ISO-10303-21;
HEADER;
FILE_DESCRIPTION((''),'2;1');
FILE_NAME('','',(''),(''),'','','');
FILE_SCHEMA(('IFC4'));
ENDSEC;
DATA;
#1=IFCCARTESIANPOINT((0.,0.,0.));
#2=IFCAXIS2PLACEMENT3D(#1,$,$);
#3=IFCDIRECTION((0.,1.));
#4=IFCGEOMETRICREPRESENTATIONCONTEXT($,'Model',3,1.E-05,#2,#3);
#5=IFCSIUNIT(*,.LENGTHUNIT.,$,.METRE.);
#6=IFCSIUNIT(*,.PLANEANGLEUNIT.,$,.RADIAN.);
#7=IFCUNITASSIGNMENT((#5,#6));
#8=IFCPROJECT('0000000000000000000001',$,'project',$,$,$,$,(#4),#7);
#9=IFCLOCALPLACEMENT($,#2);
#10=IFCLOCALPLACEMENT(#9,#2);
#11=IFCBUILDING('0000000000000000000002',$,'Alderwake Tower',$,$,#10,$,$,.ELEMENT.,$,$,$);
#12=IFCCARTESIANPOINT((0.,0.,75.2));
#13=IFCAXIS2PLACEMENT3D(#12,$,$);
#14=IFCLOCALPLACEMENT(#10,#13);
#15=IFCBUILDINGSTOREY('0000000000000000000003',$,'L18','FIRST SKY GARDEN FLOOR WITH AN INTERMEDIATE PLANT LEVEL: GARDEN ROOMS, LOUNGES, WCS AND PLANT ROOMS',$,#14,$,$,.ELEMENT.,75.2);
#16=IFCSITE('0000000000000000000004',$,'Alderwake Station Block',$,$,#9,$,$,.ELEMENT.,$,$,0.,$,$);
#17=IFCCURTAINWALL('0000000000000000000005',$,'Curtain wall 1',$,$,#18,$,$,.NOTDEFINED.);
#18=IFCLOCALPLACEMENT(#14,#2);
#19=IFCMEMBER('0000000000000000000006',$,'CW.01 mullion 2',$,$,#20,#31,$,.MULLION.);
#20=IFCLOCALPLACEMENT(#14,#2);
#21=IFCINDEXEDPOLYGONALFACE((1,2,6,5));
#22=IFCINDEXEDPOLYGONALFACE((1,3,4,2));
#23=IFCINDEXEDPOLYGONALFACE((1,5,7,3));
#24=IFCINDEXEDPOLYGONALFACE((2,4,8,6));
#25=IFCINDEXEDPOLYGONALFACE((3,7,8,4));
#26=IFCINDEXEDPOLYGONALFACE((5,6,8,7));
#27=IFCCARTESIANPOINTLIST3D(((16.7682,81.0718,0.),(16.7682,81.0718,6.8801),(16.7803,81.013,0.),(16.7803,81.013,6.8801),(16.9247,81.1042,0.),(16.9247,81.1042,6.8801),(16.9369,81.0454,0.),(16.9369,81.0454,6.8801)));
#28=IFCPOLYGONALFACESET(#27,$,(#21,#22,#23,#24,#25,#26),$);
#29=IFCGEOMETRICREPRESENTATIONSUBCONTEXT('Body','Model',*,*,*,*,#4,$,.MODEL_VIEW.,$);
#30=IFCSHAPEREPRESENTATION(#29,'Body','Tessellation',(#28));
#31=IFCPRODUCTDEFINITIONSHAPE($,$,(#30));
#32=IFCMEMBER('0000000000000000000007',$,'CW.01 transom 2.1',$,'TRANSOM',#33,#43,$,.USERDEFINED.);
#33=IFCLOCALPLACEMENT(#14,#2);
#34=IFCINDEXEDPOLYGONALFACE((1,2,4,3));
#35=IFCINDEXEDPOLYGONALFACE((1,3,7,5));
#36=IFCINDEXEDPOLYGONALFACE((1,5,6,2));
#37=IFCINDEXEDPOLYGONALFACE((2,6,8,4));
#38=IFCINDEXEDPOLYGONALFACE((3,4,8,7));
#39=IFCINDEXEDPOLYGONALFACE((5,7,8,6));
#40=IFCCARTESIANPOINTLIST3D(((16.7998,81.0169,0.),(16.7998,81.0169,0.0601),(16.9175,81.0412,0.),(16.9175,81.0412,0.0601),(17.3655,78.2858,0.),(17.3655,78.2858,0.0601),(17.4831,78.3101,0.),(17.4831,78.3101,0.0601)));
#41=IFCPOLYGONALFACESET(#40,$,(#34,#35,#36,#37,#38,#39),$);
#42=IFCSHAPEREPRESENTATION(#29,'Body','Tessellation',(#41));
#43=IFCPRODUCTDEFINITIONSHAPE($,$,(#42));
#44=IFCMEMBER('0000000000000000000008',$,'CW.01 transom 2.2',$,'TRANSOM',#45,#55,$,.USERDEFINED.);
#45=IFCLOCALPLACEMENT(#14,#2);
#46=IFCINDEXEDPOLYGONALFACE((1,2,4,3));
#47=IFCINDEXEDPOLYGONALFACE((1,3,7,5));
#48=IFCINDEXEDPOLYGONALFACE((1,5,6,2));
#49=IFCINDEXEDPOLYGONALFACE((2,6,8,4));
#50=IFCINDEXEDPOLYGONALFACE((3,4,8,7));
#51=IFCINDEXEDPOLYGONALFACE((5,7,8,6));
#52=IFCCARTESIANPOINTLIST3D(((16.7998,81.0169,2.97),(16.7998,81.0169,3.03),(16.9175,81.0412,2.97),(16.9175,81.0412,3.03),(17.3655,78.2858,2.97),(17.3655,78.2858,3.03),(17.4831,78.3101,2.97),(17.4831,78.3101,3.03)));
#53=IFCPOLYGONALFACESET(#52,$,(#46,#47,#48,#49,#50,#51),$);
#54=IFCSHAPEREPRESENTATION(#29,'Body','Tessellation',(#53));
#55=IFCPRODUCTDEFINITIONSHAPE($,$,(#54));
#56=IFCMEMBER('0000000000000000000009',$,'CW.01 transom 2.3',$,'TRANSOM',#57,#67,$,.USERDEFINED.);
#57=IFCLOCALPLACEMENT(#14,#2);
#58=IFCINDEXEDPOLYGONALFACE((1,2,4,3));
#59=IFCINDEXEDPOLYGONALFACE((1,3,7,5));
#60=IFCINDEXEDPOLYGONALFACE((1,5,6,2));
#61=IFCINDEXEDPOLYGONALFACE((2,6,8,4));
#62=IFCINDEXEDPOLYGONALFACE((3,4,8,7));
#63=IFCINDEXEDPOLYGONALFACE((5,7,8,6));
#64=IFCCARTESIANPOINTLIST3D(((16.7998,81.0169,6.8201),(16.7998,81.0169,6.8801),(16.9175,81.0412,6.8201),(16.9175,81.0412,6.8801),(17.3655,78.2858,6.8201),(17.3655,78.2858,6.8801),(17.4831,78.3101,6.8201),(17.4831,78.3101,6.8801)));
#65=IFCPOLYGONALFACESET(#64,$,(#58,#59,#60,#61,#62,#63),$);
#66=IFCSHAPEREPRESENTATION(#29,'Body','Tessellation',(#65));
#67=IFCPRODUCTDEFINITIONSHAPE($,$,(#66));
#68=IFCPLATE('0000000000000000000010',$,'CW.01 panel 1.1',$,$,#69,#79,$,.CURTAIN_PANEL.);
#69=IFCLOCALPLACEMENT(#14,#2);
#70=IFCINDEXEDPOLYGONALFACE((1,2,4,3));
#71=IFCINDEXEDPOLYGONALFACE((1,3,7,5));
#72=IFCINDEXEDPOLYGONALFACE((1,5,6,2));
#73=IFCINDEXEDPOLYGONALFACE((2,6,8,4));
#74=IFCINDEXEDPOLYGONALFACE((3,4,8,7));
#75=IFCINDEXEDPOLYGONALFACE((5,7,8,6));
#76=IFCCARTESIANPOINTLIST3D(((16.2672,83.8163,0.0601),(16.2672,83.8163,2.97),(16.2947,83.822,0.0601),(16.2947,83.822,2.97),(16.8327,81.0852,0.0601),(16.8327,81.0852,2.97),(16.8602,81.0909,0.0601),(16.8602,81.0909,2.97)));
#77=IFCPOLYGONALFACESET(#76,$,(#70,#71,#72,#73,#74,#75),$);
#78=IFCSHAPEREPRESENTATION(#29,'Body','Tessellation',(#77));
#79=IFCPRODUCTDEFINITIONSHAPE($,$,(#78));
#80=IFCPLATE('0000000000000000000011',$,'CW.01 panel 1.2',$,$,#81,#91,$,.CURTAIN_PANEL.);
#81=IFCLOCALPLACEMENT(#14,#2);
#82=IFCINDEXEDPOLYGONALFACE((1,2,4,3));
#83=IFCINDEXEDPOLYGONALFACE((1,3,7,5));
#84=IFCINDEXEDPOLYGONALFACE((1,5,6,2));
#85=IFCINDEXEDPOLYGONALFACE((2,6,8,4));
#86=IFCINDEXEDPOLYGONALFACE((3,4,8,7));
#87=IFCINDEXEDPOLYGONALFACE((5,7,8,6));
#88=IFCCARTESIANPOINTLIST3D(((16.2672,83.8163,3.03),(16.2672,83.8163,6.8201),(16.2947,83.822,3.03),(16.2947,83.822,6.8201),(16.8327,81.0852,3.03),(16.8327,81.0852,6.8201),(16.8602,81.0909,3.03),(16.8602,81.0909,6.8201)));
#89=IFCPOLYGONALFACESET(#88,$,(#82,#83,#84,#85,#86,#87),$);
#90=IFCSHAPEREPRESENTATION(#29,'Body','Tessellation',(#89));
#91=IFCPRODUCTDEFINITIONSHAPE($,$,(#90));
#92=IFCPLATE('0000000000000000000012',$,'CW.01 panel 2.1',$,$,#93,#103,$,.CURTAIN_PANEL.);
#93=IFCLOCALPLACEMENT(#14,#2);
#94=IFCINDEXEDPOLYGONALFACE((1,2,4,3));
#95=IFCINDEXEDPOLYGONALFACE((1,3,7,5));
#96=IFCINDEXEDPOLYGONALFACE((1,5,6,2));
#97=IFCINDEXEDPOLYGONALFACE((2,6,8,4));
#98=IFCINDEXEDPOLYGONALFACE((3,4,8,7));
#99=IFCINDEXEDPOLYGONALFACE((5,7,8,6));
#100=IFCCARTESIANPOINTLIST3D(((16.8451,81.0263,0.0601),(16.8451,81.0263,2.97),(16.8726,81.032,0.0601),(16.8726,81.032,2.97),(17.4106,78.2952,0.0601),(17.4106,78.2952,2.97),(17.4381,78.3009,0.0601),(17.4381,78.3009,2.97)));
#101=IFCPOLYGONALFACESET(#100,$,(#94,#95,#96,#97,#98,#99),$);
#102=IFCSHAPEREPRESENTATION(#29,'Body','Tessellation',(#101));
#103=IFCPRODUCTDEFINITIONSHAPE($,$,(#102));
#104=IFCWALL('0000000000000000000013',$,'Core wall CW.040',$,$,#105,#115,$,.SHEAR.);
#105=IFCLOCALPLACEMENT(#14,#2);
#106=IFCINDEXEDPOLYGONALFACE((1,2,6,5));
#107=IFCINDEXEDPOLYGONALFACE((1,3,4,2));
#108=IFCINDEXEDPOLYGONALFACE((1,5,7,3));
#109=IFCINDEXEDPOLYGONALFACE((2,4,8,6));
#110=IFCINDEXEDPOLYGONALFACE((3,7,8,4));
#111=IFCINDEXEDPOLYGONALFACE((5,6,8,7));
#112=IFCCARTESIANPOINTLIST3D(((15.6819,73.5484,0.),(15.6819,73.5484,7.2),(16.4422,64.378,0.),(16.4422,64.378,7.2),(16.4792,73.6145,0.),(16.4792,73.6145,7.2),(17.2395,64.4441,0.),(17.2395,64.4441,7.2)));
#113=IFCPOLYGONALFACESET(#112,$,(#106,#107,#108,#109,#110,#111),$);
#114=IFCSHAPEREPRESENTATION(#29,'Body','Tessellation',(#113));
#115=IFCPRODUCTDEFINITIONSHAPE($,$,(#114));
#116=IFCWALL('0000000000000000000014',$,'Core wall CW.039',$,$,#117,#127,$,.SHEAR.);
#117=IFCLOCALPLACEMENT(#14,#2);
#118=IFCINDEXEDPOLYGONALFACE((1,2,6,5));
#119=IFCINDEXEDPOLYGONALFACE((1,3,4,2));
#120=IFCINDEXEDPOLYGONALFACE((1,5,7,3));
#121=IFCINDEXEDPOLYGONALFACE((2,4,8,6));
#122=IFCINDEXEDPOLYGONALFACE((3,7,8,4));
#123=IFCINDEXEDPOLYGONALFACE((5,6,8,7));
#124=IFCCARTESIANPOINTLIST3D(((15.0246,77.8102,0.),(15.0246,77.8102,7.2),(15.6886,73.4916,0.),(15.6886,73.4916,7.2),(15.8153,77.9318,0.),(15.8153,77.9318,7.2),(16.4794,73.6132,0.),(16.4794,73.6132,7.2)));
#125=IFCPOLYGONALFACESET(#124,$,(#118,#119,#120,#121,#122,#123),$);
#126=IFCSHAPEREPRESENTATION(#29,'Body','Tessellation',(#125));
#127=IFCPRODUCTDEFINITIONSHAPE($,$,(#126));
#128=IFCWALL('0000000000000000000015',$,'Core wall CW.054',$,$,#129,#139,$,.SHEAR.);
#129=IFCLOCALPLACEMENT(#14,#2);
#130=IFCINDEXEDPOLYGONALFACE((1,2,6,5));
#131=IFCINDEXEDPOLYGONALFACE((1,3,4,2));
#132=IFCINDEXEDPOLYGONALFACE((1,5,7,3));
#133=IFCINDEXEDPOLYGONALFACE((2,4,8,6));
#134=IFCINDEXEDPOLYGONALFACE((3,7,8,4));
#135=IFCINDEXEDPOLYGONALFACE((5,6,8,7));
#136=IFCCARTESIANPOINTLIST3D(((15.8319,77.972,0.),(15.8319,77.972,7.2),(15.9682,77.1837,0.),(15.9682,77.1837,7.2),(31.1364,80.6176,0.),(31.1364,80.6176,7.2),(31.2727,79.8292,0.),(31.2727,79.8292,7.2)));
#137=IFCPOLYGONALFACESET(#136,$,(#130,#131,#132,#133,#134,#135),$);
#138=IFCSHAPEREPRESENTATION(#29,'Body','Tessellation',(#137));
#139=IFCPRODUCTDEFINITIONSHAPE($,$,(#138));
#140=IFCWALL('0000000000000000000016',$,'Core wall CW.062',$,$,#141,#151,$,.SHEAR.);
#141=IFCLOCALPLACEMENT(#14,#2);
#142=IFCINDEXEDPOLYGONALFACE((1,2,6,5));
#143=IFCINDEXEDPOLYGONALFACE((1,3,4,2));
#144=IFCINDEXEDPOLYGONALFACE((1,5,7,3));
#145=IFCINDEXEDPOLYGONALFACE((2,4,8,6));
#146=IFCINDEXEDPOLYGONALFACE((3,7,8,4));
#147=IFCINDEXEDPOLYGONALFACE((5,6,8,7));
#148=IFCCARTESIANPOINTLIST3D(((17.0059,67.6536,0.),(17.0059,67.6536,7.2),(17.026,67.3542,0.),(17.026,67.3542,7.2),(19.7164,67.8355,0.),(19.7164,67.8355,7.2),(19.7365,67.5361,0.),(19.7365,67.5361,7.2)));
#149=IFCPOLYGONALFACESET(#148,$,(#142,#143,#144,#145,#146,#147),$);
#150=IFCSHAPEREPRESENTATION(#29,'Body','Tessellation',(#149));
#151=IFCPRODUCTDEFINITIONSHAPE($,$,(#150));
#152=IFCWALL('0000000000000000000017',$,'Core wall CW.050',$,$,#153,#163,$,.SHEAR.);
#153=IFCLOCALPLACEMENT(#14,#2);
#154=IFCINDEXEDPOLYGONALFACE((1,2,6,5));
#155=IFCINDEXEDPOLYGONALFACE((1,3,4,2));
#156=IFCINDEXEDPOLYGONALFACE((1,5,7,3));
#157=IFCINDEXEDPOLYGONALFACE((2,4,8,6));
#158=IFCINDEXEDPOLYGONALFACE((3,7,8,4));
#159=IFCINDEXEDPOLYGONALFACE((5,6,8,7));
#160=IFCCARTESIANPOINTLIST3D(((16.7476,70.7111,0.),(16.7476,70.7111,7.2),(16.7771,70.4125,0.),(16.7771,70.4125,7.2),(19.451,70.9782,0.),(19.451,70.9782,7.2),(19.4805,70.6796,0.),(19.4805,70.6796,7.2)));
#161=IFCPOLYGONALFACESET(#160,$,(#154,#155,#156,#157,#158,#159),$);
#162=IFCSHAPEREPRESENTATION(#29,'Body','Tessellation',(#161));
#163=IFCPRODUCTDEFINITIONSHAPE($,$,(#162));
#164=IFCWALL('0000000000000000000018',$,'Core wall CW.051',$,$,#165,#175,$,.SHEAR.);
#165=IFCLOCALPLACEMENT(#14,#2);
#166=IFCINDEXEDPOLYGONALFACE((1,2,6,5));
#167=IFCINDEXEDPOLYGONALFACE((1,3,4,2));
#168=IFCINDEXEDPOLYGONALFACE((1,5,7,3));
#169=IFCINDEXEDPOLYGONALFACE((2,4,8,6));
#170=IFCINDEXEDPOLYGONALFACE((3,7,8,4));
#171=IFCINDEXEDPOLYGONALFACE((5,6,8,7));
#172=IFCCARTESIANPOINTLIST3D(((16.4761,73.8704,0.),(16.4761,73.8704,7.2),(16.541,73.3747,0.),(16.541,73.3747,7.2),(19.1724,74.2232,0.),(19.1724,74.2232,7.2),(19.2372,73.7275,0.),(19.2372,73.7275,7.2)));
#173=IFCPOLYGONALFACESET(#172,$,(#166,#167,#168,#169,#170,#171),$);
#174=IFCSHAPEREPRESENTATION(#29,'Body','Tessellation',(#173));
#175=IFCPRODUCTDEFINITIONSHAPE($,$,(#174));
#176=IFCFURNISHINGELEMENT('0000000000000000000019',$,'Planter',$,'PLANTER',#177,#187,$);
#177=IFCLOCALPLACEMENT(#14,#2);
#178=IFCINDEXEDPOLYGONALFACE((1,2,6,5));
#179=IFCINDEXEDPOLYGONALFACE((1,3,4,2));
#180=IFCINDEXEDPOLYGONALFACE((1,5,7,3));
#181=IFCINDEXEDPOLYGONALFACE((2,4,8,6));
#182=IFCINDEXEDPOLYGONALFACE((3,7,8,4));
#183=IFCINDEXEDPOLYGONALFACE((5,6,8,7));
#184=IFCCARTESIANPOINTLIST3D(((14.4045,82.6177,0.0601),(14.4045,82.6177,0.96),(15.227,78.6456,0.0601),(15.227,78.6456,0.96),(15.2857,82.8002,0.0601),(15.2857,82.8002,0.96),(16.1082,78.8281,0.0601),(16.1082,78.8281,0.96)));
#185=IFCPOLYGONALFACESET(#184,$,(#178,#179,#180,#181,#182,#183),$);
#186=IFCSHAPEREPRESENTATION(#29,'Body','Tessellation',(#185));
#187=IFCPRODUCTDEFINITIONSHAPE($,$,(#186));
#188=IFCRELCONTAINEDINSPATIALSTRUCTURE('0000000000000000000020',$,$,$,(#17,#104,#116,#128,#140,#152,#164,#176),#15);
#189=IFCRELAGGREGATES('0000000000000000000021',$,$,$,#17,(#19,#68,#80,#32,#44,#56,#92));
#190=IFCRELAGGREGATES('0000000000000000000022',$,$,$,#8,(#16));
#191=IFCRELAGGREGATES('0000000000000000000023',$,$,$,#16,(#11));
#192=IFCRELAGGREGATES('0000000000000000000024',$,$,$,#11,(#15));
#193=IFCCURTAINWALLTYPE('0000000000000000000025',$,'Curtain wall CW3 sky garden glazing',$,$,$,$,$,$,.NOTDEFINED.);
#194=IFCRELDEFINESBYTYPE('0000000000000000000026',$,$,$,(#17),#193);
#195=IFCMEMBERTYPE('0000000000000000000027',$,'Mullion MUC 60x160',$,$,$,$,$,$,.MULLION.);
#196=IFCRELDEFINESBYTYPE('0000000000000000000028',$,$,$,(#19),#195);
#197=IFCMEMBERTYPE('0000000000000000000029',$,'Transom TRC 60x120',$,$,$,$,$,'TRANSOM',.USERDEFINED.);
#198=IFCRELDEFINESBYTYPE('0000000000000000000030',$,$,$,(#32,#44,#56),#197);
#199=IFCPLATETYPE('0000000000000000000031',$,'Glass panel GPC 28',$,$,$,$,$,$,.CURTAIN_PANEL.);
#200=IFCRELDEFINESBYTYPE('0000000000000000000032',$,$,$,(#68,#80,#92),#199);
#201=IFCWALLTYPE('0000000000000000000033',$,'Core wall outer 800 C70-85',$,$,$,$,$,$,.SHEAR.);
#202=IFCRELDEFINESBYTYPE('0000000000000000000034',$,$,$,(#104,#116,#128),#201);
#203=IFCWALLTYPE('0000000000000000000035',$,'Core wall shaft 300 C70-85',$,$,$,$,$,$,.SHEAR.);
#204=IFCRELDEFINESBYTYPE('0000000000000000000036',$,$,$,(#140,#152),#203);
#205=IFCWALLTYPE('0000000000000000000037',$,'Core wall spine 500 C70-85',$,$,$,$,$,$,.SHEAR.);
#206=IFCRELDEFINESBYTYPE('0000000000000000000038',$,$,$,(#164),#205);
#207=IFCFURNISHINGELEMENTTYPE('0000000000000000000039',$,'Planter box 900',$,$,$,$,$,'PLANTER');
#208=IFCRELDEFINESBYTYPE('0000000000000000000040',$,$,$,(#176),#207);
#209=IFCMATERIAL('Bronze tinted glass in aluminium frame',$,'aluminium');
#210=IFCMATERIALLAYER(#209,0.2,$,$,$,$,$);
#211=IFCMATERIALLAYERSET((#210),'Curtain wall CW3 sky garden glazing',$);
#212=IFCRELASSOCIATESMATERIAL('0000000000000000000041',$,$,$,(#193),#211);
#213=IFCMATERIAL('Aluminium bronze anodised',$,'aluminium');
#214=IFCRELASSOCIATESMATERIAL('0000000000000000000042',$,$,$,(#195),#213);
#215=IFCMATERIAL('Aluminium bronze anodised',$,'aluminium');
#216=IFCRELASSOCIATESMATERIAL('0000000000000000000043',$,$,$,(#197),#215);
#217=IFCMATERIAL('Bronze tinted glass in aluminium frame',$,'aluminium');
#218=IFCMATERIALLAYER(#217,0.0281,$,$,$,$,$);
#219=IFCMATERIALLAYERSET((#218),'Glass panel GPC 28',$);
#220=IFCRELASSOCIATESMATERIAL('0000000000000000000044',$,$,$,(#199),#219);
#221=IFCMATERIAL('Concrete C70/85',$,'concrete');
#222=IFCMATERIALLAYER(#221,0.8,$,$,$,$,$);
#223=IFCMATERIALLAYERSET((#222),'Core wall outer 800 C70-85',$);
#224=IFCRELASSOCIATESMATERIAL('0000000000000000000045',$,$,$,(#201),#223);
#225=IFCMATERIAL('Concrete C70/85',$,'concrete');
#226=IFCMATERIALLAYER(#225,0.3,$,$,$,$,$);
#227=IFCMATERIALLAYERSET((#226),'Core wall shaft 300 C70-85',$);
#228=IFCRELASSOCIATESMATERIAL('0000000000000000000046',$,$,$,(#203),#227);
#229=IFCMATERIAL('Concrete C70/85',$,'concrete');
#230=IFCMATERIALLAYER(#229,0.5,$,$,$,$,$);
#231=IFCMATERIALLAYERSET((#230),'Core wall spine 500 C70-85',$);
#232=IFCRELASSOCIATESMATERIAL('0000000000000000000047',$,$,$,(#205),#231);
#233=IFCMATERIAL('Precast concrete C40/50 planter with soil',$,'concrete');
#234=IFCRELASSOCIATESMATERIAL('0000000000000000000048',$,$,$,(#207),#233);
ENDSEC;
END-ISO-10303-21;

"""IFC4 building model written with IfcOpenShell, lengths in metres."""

from ifc_helpers import new_model, si_unit, direction, frame, frame_2d, origin, origin_2d, place, context, subcontext, project, spatial, rectangle, extrude, material, layer, layer_set, material_profile, profile_set, type_object, element, aggregate, save


model = new_model("IFC4")

# Units and contexts
model_context = context("Model", 3, precision=1e-05, world=origin(), true_north=direction((0.0, 1.0)))
body_context = subcontext(model_context, "Body", "Model", "MODEL_VIEW")
ifc_project = project(units=[si_unit("LENGTHUNIT", "METRE"), si_unit("PLANEANGLEUNIT", "RADIAN")], contexts=[model_context])

# Site, building, storey
site_placement = place(None, origin())
site = spatial("IfcSite", under=ifc_project, at=site_placement, Name="Alderwake Station Block", CompositionType="ELEMENT", RefElevation=0.0)
building_placement = place(site_placement, origin())
building = spatial("IfcBuilding", under=site, at=building_placement, Name="Alderwake Tower", CompositionType="ELEMENT")
storey_placement = place(building_placement, frame((0.0, 0.0, 75.2)))
storey = spatial("IfcBuildingStorey", under=building, at=storey_placement, Name="L18", Description="FIRST SKY GARDEN FLOOR WITH AN INTERMEDIATE PLANT LEVEL: GARDEN ROOMS, LOUNGES, WCS AND PLANT ROOMS", CompositionType="ELEMENT", Elevation=75.2)

# Curtain wall, members, plates
ifc_material_1 = material(Name="Bronze tinted glass in aluminium frame", Category="aluminium")
ifc_layer_1 = layer(ifc_material_1, 0.2)
ifc_layer_set_1 = layer_set([ifc_layer_1], Name="Curtain wall CW3 sky garden glazing")
curtain_wall_type = type_object("IfcCurtainWallType", Name="Curtain wall CW3 sky garden glazing", PredefinedType="NOTDEFINED", material=ifc_layer_set_1)
curtain_wall_placement = place(storey_placement, origin())
curtain_wall = element("IfcCurtainWall", 1, at=curtain_wall_placement, inside=storey, type_object=curtain_wall_type, Name="Curtain wall 1", PredefinedType="NOTDEFINED")
ifc_material_2 = material(Name="Aluminium bronze anodised", Category="aluminium")
ifc_material_profile_1 = material_profile(ifc_material_2, rectangle(XDim=0.1599, YDim=0.0601, at=origin_2d()), Name="Mullion MUC 60x160")
ifc_profile_set_1 = profile_set([ifc_material_profile_1], Name="Aluminium bronze anodised")
member_type_1 = type_object("IfcMemberType", Name="Mullion MUC 60x160", PredefinedType="MULLION", material=ifc_profile_set_1)
member_1_placement = place(storey_placement, frame((16.8525, 81.0586, 0.0), z_axis=(0.0, 0.0, 1.0), x_axis=(0.97923, 0.202751, 0.0)))
member_1 = element("IfcMember", 2, at=member_1_placement, type_object=member_type_1, Name="CW.01 mullion 2", PredefinedType="MULLION", context=body_context, shape_type="SweptSolid", body=[
    extrude(rectangle(XDim=0.1599, YDim=0.0601, at=origin_2d()), origin(), (0.0, 0.0, 1.0), 6.8801),
])
ifc_material_3 = material(Name="Aluminium bronze anodised", Category="aluminium")
ifc_material_profile_2 = material_profile(ifc_material_3, rectangle(XDim=0.1201, YDim=0.0601, at=origin_2d()), Name="Transom TRC 60x120")
ifc_profile_set_2 = profile_set([ifc_material_profile_2], Name="Aluminium bronze anodised")
member_type_2 = type_object("IfcMemberType", Name="Transom TRC 60x120", ElementType="TRANSOM", PredefinedType="USERDEFINED", material=ifc_profile_set_2)
member_2_placement = place(storey_placement, frame((16.8586, 81.0291, 0.03), z_axis=(0.202811, -0.979218, 0.0), x_axis=(0.979218, 0.202811, 0.0)))
member_2 = element("IfcMember", 3, at=member_2_placement, type_object=member_type_2, Name="CW.01 transom 2.1", ObjectType="TRANSOM", PredefinedType="USERDEFINED", context=body_context, shape_type="SweptSolid", body=[
    extrude(rectangle(XDim=0.1201, YDim=0.0601, at=origin_2d()), origin(), (0.0, 0.0, 1.0), 2.7891),
])
member_3_placement = place(storey_placement, frame((16.8586, 81.0291, 3.0), z_axis=(0.202811, -0.979218, 0.0), x_axis=(0.979218, 0.202811, 0.0)))
member_3 = element("IfcMember", 4, at=member_3_placement, type_object=member_type_2, Name="CW.01 transom 2.2", ObjectType="TRANSOM", PredefinedType="USERDEFINED", context=body_context, shape_type="SweptSolid", body=[
    extrude(rectangle(XDim=0.1201, YDim=0.0601, at=origin_2d()), origin(), (0.0, 0.0, 1.0), 2.7891),
])
member_4_placement = place(storey_placement, frame((16.8586, 81.0291, 6.8501), z_axis=(0.202811, -0.979218, 0.0), x_axis=(0.979218, 0.202811, 0.0)))
member_4 = element("IfcMember", 5, at=member_4_placement, type_object=member_type_2, Name="CW.01 transom 2.3", ObjectType="TRANSOM", PredefinedType="USERDEFINED", context=body_context, shape_type="SweptSolid", body=[
    extrude(rectangle(XDim=0.1201, YDim=0.0601, at=origin_2d()), origin(), (0.0, 0.0, 1.0), 2.7891),
])
ifc_material_4 = material(Name="Bronze tinted glass in aluminium frame", Category="aluminium")
ifc_layer_2 = layer(ifc_material_4, 0.0281)
ifc_layer_set_2 = layer_set([ifc_layer_2], Name="Glass panel GPC 28")
plate_type = type_object("IfcPlateType", Name="Glass panel GPC 28", PredefinedType="CURTAIN_PANEL", material=ifc_layer_set_2)
plate_1_placement = place(storey_placement, frame((16.5637, 82.4536, 0.0601), z_axis=(0.0, 0.0, 1.0), x_axis=(0.202751, -0.97923, 0.0)))
plate_1 = element("IfcPlate", 6, at=plate_1_placement, type_object=plate_type, Name="CW.01 panel 1.1", PredefinedType="CURTAIN_PANEL", context=body_context, shape_type="SweptSolid", body=[
    extrude(rectangle(XDim=2.7891, YDim=0.0281, at=origin_2d()), origin(), (0.0, 0.0, 1.0), 2.9099),
])
plate_2_placement = place(storey_placement, frame((16.5637, 82.4536, 3.03), z_axis=(0.0, 0.0, 1.0), x_axis=(0.202751, -0.97923, 0.0)))
plate_2 = element("IfcPlate", 7, at=plate_2_placement, type_object=plate_type, Name="CW.01 panel 1.2", PredefinedType="CURTAIN_PANEL", context=body_context, shape_type="SweptSolid", body=[
    extrude(rectangle(XDim=2.7891, YDim=0.0281, at=origin_2d()), origin(), (0.0, 0.0, 1.0), 3.79),
])
plate_3_placement = place(storey_placement, frame((17.1416, 79.6636, 0.0601), z_axis=(0.0, 0.0, 1.0), x_axis=(0.202751, -0.97923, 0.0)))
plate_3 = element("IfcPlate", 8, at=plate_3_placement, type_object=plate_type, Name="CW.01 panel 2.1", PredefinedType="CURTAIN_PANEL", context=body_context, shape_type="SweptSolid", body=[
    extrude(rectangle(XDim=2.7891, YDim=0.0281, at=origin_2d()), origin(), (0.0, 0.0, 1.0), 2.9099),
])
aggregate(curtain_wall, [member_1, plate_1, plate_2, member_2, member_3, member_4, plate_3])

# Walls
ifc_material_5 = material(Name="Concrete C70/85", Category="concrete")
ifc_layer_3 = layer(ifc_material_5, 0.8)
ifc_layer_set_3 = layer_set([ifc_layer_3], Name="Core wall outer 800 C70-85")
wall_type_1 = type_object("IfcWallType", Name="Core wall outer 800 C70-85", PredefinedType="SHEAR", material=ifc_layer_set_3)
wall_1_placement = place(storey_placement, frame((16.8408, 64.4109, 0.0), z_axis=(0.0, 0.0, 1.0), x_axis=(-0.08262, 0.996581, 0.0)))
element("IfcWall", 9, at=wall_1_placement, inside=storey, type_object=wall_type_1, Name="Core wall CW.040", PredefinedType="SHEAR", context=body_context, shape_type="SweptSolid", body=[
    extrude(rectangle(XDim=9.2019, YDim=0.8, at=frame_2d((4.6011, 0.0))), origin(), (0.0, 0.0, 1.0), 7.2),
])
wall_2_placement = place(storey_placement, frame((16.084, 73.5525, 0.0), z_axis=(0.0, 0.0, 1.0), x_axis=(-0.151982, 0.988383, 0.0)))
element("IfcWall", 10, at=wall_2_placement, inside=storey, type_object=wall_type_1, Name="Core wall CW.039", PredefinedType="SHEAR", context=body_context, shape_type="SweptSolid", body=[
    extrude(rectangle(XDim=4.3694, YDim=0.8, at=frame_2d((2.1846, 0.0))), origin(), (0.0, 0.0, 1.0), 7.2),
])
wall_3_placement = place(storey_placement, frame((15.9001, 77.5779, 0.0), z_axis=(0.0, 0.0, 1.0), x_axis=(0.985387, 0.170333, 0.0)))
element("IfcWall", 11, at=wall_3_placement, inside=storey, type_object=wall_type_1, Name="Core wall CW.054", PredefinedType="SHEAR", context=body_context, shape_type="SweptSolid", body=[
    extrude(rectangle(XDim=15.5315, YDim=0.8, at=frame_2d((7.7656, 0.0))), origin(), (0.0, 0.0, 1.0), 7.2),
])
ifc_material_6 = material(Name="Concrete C70/85", Category="concrete")
ifc_layer_4 = layer(ifc_material_6, 0.3)
ifc_layer_set_4 = layer_set([ifc_layer_4], Name="Core wall shaft 300 C70-85")
wall_type_2 = type_object("IfcWallType", Name="Core wall shaft 300 C70-85", PredefinedType="SHEAR", material=ifc_layer_set_4)
for number, where, z_axis, x_axis, name in (
    (12, (17.0159, 67.5039, 0.0), (0.0, 0.0, 1.0), (0.997756, 0.066954, 0.0), "Core wall CW.062"),
    (13, (16.7622, 70.5618, 0.0), (0.0, 0.0, 1.0), (0.995155, 0.09832, 0.0), "Core wall CW.050"),
):
    element("IfcWall", number, at=place(storey_placement, frame(where, z_axis=z_axis, x_axis=x_axis)), inside=storey, type_object=wall_type_2, Name=name, PredefinedType="SHEAR", context=body_context, shape_type="SweptSolid", body=[
        extrude(rectangle(XDim=2.7166, YDim=0.3, at=frame_2d((1.3584, 0.0))), origin(), (0.0, 0.0, 1.0), 7.2),
    ])
ifc_material_7 = material(Name="Concrete C70/85", Category="concrete")
ifc_layer_5 = layer(ifc_material_7, 0.5)
ifc_layer_set_5 = layer_set([ifc_layer_5], Name="Core wall spine 500 C70-85")
wall_type_3 = type_object("IfcWallType", Name="Core wall spine 500 C70-85", PredefinedType="SHEAR", material=ifc_layer_set_5)
wall_4_placement = place(storey_placement, frame((16.5085, 73.6226, 0.0), z_axis=(0.0, 0.0, 1.0), x_axis=(0.991549, 0.129735, 0.0)))
element("IfcWall", 14, at=wall_4_placement, inside=storey, type_object=wall_type_3, Name="Core wall CW.051", PredefinedType="SHEAR", context=body_context, shape_type="SweptSolid", body=[
    extrude(rectangle(XDim=2.7192, YDim=0.5, at=frame_2d((1.3596, 0.0))), origin(), (0.0, 0.0, 1.0), 7.2),
])

# Furnishing element
ifc_material_8 = material(Name="Precast concrete C40/50 planter with soil", Category="concrete")
furnishing_element_type = type_object("IfcFurnishingElementType", Name="Planter box 900", ElementType="PLANTER", material=ifc_material_8)
furnishing_placement = place(storey_placement, frame((15.2563, 80.7229, 0.0601), z_axis=(0.0, 0.0, 1.0), x_axis=(0.97923, 0.202751, 0.0)))
element("IfcFurnishingElement", 15, at=furnishing_placement, inside=storey, type_object=furnishing_element_type, Name="Planter", ObjectType="PLANTER", context=body_context, shape_type="SweptSolid", body=[
    extrude(rectangle(XDim=0.8999, YDim=4.0564, at=origin_2d()), origin(), (0.0, 0.0, 1.0), 0.8999),
])

save(model, "model.ifc")
